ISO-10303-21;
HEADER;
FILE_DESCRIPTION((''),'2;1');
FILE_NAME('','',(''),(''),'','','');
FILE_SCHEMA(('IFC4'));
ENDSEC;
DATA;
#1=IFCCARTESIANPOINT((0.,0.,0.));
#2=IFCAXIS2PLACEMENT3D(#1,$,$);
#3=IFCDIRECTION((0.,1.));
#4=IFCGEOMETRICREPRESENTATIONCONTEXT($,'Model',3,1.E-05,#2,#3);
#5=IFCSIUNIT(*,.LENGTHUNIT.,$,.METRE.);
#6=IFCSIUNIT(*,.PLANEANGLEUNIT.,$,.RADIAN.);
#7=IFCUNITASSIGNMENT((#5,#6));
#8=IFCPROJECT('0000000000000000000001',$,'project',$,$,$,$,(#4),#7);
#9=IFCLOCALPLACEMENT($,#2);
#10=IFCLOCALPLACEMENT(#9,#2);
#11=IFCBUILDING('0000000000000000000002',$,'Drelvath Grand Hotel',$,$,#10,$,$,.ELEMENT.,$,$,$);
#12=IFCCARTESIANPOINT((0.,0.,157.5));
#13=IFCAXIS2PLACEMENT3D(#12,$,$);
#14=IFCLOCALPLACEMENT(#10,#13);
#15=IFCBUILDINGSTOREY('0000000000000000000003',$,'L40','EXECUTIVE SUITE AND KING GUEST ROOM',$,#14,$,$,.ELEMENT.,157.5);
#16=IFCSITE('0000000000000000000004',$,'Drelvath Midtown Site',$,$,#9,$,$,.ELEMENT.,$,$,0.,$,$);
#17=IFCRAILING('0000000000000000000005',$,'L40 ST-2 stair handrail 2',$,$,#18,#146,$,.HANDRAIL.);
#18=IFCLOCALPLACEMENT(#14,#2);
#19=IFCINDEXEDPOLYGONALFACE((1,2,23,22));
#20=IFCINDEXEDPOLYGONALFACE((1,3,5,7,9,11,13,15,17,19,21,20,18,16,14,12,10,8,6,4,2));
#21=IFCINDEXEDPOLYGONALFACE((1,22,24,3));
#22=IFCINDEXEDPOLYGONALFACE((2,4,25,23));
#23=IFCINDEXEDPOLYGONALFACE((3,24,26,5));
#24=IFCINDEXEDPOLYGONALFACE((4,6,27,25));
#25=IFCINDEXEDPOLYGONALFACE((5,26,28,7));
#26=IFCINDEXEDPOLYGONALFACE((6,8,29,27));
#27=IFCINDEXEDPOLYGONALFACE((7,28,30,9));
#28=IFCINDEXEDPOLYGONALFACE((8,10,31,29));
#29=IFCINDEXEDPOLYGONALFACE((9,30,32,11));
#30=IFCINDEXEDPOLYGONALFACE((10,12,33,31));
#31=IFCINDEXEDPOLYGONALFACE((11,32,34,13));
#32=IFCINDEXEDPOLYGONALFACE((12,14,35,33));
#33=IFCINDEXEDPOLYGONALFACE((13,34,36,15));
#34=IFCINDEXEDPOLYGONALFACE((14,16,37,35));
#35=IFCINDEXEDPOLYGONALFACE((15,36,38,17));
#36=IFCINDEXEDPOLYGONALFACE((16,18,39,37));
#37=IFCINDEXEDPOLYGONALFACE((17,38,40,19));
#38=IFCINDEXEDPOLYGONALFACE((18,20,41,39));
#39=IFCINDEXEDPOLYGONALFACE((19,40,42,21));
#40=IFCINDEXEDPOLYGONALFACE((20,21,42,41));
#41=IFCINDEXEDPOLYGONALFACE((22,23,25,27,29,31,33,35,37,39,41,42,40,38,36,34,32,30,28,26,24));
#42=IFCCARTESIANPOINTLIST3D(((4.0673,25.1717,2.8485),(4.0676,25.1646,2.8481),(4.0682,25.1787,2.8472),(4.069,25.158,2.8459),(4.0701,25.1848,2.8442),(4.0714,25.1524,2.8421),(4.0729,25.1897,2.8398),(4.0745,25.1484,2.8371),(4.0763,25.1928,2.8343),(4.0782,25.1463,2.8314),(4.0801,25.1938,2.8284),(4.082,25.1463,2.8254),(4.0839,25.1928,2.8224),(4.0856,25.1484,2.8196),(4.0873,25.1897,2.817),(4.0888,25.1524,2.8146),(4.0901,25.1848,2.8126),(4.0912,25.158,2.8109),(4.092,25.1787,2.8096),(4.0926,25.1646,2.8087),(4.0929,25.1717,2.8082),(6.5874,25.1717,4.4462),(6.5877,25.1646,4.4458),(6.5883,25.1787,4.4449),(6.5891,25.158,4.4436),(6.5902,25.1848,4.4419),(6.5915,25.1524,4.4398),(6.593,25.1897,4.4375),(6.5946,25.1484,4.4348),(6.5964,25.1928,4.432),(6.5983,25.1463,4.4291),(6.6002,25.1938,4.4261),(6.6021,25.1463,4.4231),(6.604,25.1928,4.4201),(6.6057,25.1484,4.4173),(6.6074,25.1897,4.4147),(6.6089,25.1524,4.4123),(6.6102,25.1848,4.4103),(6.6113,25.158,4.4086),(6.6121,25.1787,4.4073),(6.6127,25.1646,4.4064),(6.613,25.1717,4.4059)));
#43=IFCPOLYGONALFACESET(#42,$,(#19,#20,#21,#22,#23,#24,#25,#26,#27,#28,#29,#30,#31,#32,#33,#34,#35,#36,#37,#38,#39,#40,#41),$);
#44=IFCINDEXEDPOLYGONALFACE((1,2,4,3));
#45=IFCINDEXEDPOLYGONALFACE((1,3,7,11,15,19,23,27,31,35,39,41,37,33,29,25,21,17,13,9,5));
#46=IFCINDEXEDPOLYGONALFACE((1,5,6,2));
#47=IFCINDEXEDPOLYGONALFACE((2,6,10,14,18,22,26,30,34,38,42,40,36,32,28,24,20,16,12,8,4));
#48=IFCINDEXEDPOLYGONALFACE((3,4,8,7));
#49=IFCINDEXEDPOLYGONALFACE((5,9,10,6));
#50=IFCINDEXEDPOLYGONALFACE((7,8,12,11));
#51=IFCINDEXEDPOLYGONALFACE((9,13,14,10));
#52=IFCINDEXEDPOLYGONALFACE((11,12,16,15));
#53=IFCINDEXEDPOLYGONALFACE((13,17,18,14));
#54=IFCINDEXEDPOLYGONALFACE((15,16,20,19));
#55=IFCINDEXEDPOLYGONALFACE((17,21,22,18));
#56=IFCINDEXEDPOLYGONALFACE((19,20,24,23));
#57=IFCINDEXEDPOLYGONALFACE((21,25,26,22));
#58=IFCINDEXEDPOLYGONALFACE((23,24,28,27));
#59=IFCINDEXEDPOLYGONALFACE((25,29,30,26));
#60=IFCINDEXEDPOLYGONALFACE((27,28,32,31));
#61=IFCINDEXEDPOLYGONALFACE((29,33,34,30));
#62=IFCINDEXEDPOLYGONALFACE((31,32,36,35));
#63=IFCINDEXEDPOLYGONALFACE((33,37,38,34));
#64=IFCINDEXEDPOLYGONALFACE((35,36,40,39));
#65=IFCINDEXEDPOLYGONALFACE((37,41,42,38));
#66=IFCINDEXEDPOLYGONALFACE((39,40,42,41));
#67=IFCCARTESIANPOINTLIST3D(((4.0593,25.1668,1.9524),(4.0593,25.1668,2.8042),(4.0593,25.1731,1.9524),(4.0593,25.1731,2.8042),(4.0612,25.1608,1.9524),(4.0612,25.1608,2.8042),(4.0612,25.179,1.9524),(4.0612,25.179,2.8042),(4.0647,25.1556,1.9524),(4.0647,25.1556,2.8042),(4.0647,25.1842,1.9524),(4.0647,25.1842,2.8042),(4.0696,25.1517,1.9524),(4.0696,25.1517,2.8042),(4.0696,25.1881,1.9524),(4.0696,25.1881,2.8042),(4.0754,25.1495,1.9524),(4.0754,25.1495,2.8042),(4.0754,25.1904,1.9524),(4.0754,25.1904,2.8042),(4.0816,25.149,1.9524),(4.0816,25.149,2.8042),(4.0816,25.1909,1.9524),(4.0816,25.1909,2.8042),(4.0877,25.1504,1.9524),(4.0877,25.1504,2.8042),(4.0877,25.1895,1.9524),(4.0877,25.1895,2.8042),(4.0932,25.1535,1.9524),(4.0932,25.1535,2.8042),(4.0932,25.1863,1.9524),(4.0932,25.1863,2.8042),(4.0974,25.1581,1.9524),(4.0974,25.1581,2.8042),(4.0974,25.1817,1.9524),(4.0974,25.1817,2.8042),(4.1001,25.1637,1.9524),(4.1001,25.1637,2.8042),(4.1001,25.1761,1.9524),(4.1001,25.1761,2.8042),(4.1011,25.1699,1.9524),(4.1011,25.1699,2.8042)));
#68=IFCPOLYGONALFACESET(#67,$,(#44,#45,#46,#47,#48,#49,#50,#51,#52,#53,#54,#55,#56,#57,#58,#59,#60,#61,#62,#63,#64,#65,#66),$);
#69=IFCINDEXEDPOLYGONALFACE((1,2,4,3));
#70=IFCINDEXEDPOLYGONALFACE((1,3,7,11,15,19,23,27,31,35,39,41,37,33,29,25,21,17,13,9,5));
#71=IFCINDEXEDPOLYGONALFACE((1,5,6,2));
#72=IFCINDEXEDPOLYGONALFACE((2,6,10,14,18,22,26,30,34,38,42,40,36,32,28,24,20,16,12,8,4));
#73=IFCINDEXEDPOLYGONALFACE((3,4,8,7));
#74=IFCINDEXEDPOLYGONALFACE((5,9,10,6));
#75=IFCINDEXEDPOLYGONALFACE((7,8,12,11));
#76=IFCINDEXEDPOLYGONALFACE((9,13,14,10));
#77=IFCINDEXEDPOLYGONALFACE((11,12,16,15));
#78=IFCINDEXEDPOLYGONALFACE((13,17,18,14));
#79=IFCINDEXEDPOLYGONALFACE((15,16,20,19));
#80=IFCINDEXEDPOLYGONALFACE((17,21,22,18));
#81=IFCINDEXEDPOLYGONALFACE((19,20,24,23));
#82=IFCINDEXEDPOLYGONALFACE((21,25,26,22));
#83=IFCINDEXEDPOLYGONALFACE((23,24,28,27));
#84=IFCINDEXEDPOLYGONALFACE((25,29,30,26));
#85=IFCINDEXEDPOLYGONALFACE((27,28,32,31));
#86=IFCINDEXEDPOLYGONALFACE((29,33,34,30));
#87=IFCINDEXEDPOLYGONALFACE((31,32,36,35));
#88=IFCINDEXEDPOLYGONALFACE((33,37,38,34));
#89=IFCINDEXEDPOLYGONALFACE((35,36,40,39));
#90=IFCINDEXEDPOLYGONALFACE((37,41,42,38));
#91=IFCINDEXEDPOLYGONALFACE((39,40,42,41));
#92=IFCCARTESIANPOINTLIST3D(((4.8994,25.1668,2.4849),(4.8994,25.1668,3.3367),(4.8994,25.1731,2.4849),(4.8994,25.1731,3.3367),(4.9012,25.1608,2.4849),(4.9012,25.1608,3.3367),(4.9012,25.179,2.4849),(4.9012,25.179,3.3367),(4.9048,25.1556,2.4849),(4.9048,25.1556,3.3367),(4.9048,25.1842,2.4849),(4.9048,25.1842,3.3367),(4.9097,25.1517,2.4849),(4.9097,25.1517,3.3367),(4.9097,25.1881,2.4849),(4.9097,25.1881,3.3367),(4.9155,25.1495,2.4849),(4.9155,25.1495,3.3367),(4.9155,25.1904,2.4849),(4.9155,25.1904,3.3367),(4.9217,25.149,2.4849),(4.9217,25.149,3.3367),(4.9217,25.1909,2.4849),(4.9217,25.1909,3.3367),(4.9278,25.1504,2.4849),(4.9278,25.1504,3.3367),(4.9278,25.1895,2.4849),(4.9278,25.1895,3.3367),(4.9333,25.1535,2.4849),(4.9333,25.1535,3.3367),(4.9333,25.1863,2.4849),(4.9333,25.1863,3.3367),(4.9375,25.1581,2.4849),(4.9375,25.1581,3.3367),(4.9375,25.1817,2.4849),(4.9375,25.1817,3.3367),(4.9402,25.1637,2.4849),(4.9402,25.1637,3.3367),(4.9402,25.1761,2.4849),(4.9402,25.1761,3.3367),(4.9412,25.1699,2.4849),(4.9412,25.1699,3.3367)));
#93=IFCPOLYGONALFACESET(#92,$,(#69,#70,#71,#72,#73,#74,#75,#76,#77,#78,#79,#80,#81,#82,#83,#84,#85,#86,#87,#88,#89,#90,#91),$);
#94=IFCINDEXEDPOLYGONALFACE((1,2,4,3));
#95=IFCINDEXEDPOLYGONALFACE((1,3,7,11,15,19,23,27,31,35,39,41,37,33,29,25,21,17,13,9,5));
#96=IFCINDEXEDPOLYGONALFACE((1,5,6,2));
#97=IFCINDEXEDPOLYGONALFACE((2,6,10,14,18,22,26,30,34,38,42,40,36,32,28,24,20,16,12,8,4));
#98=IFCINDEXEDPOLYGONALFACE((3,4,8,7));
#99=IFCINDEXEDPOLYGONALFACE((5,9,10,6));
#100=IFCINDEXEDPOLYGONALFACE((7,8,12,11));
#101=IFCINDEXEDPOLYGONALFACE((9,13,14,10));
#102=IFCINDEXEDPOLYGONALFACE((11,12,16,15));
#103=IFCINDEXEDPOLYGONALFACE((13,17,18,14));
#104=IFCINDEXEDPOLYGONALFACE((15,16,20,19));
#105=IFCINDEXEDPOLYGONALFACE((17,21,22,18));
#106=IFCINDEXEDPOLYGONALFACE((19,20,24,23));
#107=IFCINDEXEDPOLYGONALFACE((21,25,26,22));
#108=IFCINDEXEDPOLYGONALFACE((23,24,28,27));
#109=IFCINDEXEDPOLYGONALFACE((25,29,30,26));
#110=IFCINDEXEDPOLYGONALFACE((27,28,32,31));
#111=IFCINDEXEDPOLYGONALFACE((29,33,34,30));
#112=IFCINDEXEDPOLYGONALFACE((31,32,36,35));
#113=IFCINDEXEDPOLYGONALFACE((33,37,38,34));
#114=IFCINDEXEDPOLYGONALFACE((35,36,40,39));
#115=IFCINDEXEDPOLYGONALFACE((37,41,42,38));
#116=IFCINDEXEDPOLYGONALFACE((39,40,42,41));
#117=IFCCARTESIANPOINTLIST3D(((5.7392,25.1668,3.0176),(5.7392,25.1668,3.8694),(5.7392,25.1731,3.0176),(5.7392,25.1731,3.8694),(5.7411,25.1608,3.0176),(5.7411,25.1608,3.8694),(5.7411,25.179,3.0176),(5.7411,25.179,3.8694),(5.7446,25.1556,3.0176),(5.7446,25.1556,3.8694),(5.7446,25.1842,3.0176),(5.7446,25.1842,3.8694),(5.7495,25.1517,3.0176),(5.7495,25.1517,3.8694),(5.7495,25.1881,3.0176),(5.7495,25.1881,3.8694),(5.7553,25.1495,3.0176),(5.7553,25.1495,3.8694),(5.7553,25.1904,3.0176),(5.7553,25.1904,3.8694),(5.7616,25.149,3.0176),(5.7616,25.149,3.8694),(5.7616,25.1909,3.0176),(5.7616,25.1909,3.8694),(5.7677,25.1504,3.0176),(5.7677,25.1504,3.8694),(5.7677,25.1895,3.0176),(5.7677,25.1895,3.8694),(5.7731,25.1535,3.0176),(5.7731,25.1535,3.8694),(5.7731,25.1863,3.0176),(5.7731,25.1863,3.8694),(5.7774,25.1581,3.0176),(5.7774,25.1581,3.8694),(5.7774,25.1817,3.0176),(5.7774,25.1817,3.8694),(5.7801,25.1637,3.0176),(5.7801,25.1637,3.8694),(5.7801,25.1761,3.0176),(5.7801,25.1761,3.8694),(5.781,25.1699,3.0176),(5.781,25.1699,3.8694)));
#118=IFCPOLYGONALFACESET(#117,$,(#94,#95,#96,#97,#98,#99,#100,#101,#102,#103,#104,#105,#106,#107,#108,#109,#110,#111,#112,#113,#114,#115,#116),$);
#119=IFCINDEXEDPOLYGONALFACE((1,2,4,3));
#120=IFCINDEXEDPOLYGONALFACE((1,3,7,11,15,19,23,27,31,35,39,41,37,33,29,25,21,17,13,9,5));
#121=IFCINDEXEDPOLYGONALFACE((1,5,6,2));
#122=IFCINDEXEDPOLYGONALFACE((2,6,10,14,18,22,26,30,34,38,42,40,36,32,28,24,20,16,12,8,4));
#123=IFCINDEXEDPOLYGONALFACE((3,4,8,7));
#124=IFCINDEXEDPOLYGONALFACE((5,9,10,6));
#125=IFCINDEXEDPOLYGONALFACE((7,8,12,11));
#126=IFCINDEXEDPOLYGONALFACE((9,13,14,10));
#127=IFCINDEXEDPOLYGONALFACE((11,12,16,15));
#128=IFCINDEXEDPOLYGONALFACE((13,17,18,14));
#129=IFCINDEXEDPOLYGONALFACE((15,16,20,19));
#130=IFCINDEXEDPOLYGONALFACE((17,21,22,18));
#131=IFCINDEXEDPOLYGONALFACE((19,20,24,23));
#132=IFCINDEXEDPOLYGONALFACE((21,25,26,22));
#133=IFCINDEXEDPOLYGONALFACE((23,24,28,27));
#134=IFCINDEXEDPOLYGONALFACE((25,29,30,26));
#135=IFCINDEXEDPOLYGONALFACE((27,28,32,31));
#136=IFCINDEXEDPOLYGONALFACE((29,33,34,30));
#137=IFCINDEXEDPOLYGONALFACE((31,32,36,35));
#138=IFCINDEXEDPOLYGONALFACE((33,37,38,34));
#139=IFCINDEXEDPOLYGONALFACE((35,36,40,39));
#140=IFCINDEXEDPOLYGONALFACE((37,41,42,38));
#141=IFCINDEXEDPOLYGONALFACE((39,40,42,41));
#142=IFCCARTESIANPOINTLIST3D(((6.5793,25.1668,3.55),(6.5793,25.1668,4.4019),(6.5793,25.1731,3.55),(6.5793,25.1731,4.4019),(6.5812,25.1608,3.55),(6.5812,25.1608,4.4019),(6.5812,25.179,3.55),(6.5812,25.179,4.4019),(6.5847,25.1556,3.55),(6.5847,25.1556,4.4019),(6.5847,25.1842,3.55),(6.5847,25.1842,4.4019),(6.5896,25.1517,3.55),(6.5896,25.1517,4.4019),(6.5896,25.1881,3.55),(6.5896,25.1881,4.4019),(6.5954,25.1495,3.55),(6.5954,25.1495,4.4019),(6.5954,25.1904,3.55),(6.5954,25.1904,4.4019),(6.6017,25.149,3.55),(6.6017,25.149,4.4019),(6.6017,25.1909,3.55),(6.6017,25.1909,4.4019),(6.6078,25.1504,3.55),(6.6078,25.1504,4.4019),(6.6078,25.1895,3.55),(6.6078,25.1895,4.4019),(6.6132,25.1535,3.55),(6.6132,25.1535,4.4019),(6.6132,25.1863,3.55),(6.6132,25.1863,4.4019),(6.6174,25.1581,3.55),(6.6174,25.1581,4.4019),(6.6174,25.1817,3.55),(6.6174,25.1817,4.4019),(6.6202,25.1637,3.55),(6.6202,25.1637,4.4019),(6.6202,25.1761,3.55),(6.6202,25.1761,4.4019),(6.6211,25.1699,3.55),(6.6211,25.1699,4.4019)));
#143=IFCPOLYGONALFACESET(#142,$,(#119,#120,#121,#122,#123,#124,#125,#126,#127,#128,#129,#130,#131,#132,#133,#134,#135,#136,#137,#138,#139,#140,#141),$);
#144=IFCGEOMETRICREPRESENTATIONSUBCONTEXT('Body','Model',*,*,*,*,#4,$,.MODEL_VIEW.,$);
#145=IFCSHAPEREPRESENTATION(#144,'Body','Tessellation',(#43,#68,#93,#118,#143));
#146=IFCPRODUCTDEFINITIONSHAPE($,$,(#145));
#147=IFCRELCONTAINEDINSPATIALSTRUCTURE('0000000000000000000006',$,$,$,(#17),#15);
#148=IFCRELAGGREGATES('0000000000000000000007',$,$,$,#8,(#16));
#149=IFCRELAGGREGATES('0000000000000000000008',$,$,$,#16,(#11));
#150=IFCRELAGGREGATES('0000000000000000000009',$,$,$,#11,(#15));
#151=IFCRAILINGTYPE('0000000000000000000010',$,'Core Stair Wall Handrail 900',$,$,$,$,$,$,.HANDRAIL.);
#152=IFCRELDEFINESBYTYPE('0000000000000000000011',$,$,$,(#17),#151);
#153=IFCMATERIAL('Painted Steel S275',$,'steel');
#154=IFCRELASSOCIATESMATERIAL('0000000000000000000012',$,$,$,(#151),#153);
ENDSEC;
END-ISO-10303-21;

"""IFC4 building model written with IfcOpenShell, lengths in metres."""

from ifc_helpers import new_model, si_unit, direction, frame, origin, origin_2d, place, context, subcontext, project, spatial, circle, extrude, material, type_object, element, save


model = new_model("IFC4")

# Units and contexts
model_context = context("Model", 3, precision=1e-05, world=origin(), true_north=direction((0.0, 1.0)))
body_context = subcontext(model_context, "Body", "Model", "MODEL_VIEW")
ifc_project = project(units=[si_unit("LENGTHUNIT", "METRE"), si_unit("PLANEANGLEUNIT", "RADIAN")], contexts=[model_context])

# Site, building, storey
site_placement = place(None, origin())
site = spatial("IfcSite", under=ifc_project, at=site_placement, Name="Drelvath Midtown Site", CompositionType="ELEMENT", RefElevation=0.0)
building_placement = place(site_placement, origin())
building = spatial("IfcBuilding", under=site, at=building_placement, Name="Drelvath Grand Hotel", CompositionType="ELEMENT")
storey_placement = place(building_placement, frame((0.0, 0.0, 157.5)))
storey = spatial("IfcBuildingStorey", under=building, at=storey_placement, Name="L40", Description="EXECUTIVE SUITE AND KING GUEST ROOM", CompositionType="ELEMENT", Elevation=157.5)

# Railing
ifc_material_1 = material(Name="Painted Steel S275", Category="steel")
railing_type_1 = type_object("IfcRailingType", Name="Core Stair Wall Handrail 900", PredefinedType="HANDRAIL", material=ifc_material_1)
railing_1_placement = place(storey_placement, frame((4.0801, 25.1699, 1.9524)))
element("IfcRailing", 1, at=railing_1_placement, inside=storey, type_object=railing_type_1, Name="L40 ST-2 stair handrail 2", PredefinedType="HANDRAIL", context=body_context, shape_type="SweptSolid", body=[
    extrude(circle(Radius=0.0239, at=origin_2d()), frame((0.0, 0.0, 0.876), z_axis=(0.84457, 0.0, 0.535445), x_axis=(0.0, 1.0, 0.0)), (0.0, 0.0, 1.0), 2.9839),
    extrude(circle(Radius=0.021, at=origin_2d()), origin(), (0.0, 0.0, 1.0), 0.8518),
    extrude(circle(Radius=0.021, at=origin_2d()), frame((0.8401, 0.0, 0.5325)), (0.0, 0.0, 1.0), 0.8518),
    extrude(circle(Radius=0.021, at=origin_2d()), frame((1.6799, 0.0, 1.0652)), (0.0, 0.0, 1.0), 0.8518),
    extrude(circle(Radius=0.021, at=origin_2d()), frame((2.52, 0.0, 1.5977)), (0.0, 0.0, 1.0), 0.8518),
])

save(model, "model.ifc")
